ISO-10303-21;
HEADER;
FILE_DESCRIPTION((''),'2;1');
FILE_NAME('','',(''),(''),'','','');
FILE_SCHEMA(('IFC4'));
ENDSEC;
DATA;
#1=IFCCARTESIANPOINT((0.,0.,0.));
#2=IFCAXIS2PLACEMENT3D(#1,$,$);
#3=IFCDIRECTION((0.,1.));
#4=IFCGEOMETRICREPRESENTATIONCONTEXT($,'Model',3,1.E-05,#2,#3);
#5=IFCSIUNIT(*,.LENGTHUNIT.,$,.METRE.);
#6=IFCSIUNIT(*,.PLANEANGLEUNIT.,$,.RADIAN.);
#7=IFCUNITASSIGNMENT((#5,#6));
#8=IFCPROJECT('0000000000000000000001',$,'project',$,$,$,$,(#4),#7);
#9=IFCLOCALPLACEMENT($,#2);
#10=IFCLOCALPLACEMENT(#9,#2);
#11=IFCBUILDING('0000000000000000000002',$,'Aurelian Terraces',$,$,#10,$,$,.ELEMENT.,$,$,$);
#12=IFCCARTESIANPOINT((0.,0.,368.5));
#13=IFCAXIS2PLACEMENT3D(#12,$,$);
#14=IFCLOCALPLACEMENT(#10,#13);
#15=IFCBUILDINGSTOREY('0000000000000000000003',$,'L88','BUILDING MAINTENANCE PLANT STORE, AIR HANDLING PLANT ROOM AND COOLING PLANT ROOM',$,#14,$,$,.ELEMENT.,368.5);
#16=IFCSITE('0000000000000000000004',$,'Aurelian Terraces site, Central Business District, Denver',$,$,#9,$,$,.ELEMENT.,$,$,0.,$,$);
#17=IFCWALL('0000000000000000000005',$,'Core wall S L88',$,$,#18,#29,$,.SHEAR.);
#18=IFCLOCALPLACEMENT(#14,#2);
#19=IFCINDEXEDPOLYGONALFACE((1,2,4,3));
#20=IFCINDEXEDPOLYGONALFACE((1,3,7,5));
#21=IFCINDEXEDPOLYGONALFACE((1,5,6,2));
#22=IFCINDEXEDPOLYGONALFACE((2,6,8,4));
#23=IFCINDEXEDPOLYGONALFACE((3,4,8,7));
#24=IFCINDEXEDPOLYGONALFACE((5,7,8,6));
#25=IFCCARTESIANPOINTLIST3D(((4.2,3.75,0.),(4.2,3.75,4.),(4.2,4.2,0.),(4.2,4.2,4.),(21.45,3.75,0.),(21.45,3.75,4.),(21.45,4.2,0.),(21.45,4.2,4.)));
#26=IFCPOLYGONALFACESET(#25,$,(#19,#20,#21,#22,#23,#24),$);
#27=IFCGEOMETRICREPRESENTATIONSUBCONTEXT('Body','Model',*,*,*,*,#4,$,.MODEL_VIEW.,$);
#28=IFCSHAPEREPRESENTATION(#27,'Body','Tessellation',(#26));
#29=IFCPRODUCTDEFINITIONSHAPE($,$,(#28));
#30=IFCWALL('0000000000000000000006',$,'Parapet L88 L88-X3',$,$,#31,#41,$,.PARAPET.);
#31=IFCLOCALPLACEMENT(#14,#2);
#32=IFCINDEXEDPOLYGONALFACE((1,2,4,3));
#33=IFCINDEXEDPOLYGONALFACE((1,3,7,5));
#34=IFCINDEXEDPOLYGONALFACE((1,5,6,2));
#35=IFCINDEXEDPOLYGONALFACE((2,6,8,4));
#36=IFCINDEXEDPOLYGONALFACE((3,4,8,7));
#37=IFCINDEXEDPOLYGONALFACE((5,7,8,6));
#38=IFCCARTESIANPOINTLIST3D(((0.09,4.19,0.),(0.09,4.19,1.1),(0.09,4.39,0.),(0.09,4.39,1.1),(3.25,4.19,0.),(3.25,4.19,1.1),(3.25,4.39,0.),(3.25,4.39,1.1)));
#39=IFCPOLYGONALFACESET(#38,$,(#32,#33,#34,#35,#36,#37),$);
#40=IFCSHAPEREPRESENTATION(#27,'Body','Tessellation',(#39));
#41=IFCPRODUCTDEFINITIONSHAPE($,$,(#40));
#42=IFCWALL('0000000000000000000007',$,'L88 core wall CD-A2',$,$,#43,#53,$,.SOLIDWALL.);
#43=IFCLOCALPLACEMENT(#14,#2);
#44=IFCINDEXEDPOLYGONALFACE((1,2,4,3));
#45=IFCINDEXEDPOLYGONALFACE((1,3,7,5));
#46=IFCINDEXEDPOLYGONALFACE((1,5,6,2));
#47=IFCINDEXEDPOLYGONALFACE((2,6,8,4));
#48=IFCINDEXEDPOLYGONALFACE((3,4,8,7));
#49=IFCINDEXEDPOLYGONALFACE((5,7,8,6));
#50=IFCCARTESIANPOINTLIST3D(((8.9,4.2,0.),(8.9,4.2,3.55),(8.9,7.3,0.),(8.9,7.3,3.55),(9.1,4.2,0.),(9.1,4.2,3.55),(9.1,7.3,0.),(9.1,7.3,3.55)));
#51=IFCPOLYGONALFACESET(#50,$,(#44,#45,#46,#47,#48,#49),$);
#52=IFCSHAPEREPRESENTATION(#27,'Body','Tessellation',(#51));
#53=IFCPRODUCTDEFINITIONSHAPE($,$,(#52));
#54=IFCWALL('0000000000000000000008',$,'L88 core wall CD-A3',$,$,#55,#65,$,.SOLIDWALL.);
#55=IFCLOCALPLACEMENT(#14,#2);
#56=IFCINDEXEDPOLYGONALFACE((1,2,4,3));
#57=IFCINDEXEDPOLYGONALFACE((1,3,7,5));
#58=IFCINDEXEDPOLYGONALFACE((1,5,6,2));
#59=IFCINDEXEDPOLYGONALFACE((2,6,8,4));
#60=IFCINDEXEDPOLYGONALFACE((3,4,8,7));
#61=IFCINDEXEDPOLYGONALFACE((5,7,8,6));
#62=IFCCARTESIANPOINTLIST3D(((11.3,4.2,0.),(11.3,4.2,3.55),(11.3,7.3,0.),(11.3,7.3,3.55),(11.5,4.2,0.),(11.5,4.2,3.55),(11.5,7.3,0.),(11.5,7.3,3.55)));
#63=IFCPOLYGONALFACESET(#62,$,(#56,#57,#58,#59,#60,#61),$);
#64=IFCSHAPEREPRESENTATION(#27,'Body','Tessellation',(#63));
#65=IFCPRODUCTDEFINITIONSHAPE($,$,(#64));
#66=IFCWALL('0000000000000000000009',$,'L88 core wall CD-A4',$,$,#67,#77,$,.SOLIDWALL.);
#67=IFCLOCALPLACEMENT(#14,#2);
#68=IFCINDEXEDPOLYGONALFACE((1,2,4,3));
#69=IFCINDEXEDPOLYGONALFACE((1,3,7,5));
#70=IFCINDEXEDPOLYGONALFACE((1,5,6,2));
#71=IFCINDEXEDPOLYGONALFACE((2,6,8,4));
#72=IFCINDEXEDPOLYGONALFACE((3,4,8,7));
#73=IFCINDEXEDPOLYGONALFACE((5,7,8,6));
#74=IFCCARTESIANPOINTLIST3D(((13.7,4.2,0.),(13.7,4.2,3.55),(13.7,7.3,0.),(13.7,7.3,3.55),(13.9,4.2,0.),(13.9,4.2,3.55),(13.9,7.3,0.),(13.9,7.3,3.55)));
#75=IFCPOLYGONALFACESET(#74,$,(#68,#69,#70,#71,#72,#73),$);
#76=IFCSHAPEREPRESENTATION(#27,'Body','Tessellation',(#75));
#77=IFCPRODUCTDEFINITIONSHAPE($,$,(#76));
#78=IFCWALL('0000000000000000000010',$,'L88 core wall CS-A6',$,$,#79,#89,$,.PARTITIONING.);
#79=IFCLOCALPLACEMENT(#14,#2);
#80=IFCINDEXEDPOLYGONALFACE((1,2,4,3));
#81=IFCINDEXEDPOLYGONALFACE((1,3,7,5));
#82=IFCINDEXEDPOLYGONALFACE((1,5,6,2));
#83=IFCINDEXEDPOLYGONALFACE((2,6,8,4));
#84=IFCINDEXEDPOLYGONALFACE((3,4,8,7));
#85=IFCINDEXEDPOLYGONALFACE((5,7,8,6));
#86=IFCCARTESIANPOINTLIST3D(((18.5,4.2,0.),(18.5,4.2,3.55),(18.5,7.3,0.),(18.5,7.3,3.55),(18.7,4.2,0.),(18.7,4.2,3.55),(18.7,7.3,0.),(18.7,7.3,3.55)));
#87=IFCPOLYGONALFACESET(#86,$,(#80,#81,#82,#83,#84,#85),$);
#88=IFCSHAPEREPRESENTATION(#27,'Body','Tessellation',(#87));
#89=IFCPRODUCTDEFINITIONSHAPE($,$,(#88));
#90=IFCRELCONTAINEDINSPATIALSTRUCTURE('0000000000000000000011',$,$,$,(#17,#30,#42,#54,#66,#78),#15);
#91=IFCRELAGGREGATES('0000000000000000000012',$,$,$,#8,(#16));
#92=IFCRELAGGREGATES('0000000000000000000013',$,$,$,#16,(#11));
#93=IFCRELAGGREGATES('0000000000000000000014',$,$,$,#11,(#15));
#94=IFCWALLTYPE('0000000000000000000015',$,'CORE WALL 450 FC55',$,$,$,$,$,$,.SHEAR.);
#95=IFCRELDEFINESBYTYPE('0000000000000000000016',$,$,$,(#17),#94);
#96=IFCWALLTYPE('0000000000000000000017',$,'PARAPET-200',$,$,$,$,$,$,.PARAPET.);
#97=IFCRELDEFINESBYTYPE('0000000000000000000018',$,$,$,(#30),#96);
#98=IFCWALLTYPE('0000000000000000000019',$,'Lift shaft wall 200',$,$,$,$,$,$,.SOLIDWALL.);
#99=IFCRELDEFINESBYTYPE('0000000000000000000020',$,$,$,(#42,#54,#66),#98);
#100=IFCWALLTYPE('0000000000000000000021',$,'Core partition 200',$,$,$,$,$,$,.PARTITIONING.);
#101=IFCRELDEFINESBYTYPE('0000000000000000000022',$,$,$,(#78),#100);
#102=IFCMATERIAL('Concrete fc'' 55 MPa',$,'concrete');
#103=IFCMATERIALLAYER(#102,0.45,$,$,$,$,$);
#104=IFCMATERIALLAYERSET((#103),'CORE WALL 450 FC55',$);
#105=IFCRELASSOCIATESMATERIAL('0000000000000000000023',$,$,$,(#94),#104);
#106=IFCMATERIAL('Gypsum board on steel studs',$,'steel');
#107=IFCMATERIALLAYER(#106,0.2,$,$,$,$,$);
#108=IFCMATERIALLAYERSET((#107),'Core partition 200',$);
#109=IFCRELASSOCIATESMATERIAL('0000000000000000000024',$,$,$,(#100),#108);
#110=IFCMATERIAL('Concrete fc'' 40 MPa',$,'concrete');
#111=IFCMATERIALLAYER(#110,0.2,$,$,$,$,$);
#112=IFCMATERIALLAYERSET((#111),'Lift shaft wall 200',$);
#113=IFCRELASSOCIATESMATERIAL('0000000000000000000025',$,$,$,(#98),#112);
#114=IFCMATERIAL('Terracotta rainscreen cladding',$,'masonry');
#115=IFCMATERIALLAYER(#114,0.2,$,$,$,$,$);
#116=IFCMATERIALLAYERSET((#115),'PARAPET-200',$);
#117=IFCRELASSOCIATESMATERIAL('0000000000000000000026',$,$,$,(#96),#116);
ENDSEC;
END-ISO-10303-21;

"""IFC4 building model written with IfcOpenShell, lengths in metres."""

from ifc_helpers import new_model, si_unit, direction, frame, frame_2d, origin, place, context, subcontext, project, spatial, rectangle, extrude, source, transform, mapped, material, layer, layer_set, type_object, element, save


model = new_model("IFC4")

# Units and contexts
model_context = context("Model", 3, precision=1e-05, world=origin(), true_north=direction((0.0, 1.0)))
body_context = subcontext(model_context, "Body", "Model", "MODEL_VIEW")
ifc_project = project(units=[si_unit("LENGTHUNIT", "METRE"), si_unit("PLANEANGLEUNIT", "RADIAN")], contexts=[model_context])

# Site, building, storey
site_placement = place(None, origin())
site = spatial("IfcSite", under=ifc_project, at=site_placement, Name="Aurelian Terraces site, Central Business District, Denver", CompositionType="ELEMENT", RefElevation=0.0)
building_placement = place(site_placement, origin())
building = spatial("IfcBuilding", under=site, at=building_placement, Name="Aurelian Terraces", CompositionType="ELEMENT")
storey_placement = place(building_placement, frame((0.0, 0.0, 368.5)))
storey = spatial("IfcBuildingStorey", under=building, at=storey_placement, Name="L88", Description="BUILDING MAINTENANCE PLANT STORE, AIR HANDLING PLANT ROOM AND COOLING PLANT ROOM", CompositionType="ELEMENT", Elevation=368.5)

# Shared definitions
ifc_material_1 = material(Name="Concrete fc' 40 MPa", Category="concrete")

# Shared definitions
ifc_material_2 = material(Name="Concrete fc' 55 MPa", Category="concrete")
ifc_layer_1 = layer(ifc_material_2, 0.45)
ifc_layer_set_1 = layer_set([ifc_layer_1], Name="CORE WALL 450 FC55")
wall_type_1 = type_object("IfcWallType", Name="CORE WALL 450 FC55", PredefinedType="SHEAR", material=ifc_layer_set_1)
ifc_material_3 = material(Name="Gypsum board on steel studs", Category="steel")
ifc_layer_2 = layer(ifc_material_3, 0.2)
ifc_layer_set_2 = layer_set([ifc_layer_2], Name="Core partition 200")
wall_type_2 = type_object("IfcWallType", Name="Core partition 200", PredefinedType="PARTITIONING", material=ifc_layer_set_2)
ifc_layer_3 = layer(ifc_material_1, 0.2)
ifc_layer_set_3 = layer_set([ifc_layer_3], Name="Lift shaft wall 200")
wall_type_3 = type_object("IfcWallType", Name="Lift shaft wall 200", PredefinedType="SOLIDWALL", material=ifc_layer_set_3)

# Walls
ifc_material_4 = material(Name="Terracotta rainscreen cladding", Category="masonry")
ifc_layer_4 = layer(ifc_material_4, 0.2)
ifc_layer_set_4 = layer_set([ifc_layer_4], Name="PARAPET-200")
wall_type_4 = type_object("IfcWallType", Name="PARAPET-200", PredefinedType="PARAPET", material=ifc_layer_set_4)
shared_shape_1 = source(origin(), body_context, "Body", "SweptSolid", [
    extrude(rectangle(XDim=17.25, YDim=0.45, at=frame_2d((8.625, 0.0))), origin(), (0.0, 0.0, 1.0), 4.0),
])
wall_1_placement = place(storey_placement, frame((4.2, 3.975, 0.0), z_axis=(0.0, 0.0, 1.0), x_axis=(1.0, 0.0, 0.0)))
element("IfcWall", 1, at=wall_1_placement, inside=storey, type_object=wall_type_1, Name="Core wall S L88", PredefinedType="SHEAR", context=body_context, shape_type="MappedRepresentation", body=[
    mapped(shared_shape_1, transform((0.0, 0.0, 0.0), scale=1.0)),
])
shared_shape_2 = source(origin(), body_context, "Body", "SweptSolid", [
    extrude(rectangle(XDim=3.16, YDim=0.2, at=frame_2d((1.58, 0.0))), origin(), (0.0, 0.0, 1.0), 1.1),
])
wall_2_placement = place(storey_placement, frame((3.25, 4.29, 0.0), z_axis=(0.0, 0.0, 1.0), x_axis=(-1.0, 0.0, 0.0)))
element("IfcWall", 2, at=wall_2_placement, inside=storey, type_object=wall_type_4, Name="Parapet L88 L88-X3", PredefinedType="PARAPET", context=body_context, shape_type="MappedRepresentation", body=[
    mapped(shared_shape_2, transform((0.0, 0.0, 0.0), scale=1.0)),
])
shared_shape_3 = source(origin(), body_context, "Body", "SweptSolid", [
    extrude(rectangle(XDim=3.1, YDim=0.2, at=frame_2d((1.55, 0.0))), origin(), (0.0, 0.0, 1.0), 3.55),
])
for number, where, z_axis, x_axis, name in (
    (3, (9.0, 4.2, 0.0), (0.0, 0.0, 1.0), (0.0, 1.0, 0.0), "L88 core wall CD-A2"),
    (4, (11.4, 4.2, 0.0), (0.0, 0.0, 1.0), (0.0, 1.0, 0.0), "L88 core wall CD-A3"),
    (5, (13.8, 4.2, 0.0), (0.0, 0.0, 1.0), (0.0, 1.0, 0.0), "L88 core wall CD-A4"),
):
    element("IfcWall", number, at=place(storey_placement, frame(where, z_axis=z_axis, x_axis=x_axis)), inside=storey, type_object=wall_type_3, Name=name, PredefinedType="SOLIDWALL", context=body_context, shape_type="MappedRepresentation", body=[
        mapped(shared_shape_3, transform((0.0, 0.0, 0.0), scale=1.0)),
    ])
shared_shape_4 = source(origin(), body_context, "Body", "SweptSolid", [
    extrude(rectangle(XDim=3.1, YDim=0.2, at=frame_2d((1.55, 0.0))), origin(), (0.0, 0.0, 1.0), 3.55),
])
wall_3_placement = place(storey_placement, frame((18.6, 4.2, 0.0), z_axis=(0.0, 0.0, 1.0), x_axis=(0.0, 1.0, 0.0)))
element("IfcWall", 6, at=wall_3_placement, inside=storey, type_object=wall_type_2, Name="L88 core wall CS-A6", PredefinedType="PARTITIONING", context=body_context, shape_type="MappedRepresentation", body=[
    mapped(shared_shape_4, transform((0.0, 0.0, 0.0), scale=1.0)),
])

save(model, "model.ifc")
